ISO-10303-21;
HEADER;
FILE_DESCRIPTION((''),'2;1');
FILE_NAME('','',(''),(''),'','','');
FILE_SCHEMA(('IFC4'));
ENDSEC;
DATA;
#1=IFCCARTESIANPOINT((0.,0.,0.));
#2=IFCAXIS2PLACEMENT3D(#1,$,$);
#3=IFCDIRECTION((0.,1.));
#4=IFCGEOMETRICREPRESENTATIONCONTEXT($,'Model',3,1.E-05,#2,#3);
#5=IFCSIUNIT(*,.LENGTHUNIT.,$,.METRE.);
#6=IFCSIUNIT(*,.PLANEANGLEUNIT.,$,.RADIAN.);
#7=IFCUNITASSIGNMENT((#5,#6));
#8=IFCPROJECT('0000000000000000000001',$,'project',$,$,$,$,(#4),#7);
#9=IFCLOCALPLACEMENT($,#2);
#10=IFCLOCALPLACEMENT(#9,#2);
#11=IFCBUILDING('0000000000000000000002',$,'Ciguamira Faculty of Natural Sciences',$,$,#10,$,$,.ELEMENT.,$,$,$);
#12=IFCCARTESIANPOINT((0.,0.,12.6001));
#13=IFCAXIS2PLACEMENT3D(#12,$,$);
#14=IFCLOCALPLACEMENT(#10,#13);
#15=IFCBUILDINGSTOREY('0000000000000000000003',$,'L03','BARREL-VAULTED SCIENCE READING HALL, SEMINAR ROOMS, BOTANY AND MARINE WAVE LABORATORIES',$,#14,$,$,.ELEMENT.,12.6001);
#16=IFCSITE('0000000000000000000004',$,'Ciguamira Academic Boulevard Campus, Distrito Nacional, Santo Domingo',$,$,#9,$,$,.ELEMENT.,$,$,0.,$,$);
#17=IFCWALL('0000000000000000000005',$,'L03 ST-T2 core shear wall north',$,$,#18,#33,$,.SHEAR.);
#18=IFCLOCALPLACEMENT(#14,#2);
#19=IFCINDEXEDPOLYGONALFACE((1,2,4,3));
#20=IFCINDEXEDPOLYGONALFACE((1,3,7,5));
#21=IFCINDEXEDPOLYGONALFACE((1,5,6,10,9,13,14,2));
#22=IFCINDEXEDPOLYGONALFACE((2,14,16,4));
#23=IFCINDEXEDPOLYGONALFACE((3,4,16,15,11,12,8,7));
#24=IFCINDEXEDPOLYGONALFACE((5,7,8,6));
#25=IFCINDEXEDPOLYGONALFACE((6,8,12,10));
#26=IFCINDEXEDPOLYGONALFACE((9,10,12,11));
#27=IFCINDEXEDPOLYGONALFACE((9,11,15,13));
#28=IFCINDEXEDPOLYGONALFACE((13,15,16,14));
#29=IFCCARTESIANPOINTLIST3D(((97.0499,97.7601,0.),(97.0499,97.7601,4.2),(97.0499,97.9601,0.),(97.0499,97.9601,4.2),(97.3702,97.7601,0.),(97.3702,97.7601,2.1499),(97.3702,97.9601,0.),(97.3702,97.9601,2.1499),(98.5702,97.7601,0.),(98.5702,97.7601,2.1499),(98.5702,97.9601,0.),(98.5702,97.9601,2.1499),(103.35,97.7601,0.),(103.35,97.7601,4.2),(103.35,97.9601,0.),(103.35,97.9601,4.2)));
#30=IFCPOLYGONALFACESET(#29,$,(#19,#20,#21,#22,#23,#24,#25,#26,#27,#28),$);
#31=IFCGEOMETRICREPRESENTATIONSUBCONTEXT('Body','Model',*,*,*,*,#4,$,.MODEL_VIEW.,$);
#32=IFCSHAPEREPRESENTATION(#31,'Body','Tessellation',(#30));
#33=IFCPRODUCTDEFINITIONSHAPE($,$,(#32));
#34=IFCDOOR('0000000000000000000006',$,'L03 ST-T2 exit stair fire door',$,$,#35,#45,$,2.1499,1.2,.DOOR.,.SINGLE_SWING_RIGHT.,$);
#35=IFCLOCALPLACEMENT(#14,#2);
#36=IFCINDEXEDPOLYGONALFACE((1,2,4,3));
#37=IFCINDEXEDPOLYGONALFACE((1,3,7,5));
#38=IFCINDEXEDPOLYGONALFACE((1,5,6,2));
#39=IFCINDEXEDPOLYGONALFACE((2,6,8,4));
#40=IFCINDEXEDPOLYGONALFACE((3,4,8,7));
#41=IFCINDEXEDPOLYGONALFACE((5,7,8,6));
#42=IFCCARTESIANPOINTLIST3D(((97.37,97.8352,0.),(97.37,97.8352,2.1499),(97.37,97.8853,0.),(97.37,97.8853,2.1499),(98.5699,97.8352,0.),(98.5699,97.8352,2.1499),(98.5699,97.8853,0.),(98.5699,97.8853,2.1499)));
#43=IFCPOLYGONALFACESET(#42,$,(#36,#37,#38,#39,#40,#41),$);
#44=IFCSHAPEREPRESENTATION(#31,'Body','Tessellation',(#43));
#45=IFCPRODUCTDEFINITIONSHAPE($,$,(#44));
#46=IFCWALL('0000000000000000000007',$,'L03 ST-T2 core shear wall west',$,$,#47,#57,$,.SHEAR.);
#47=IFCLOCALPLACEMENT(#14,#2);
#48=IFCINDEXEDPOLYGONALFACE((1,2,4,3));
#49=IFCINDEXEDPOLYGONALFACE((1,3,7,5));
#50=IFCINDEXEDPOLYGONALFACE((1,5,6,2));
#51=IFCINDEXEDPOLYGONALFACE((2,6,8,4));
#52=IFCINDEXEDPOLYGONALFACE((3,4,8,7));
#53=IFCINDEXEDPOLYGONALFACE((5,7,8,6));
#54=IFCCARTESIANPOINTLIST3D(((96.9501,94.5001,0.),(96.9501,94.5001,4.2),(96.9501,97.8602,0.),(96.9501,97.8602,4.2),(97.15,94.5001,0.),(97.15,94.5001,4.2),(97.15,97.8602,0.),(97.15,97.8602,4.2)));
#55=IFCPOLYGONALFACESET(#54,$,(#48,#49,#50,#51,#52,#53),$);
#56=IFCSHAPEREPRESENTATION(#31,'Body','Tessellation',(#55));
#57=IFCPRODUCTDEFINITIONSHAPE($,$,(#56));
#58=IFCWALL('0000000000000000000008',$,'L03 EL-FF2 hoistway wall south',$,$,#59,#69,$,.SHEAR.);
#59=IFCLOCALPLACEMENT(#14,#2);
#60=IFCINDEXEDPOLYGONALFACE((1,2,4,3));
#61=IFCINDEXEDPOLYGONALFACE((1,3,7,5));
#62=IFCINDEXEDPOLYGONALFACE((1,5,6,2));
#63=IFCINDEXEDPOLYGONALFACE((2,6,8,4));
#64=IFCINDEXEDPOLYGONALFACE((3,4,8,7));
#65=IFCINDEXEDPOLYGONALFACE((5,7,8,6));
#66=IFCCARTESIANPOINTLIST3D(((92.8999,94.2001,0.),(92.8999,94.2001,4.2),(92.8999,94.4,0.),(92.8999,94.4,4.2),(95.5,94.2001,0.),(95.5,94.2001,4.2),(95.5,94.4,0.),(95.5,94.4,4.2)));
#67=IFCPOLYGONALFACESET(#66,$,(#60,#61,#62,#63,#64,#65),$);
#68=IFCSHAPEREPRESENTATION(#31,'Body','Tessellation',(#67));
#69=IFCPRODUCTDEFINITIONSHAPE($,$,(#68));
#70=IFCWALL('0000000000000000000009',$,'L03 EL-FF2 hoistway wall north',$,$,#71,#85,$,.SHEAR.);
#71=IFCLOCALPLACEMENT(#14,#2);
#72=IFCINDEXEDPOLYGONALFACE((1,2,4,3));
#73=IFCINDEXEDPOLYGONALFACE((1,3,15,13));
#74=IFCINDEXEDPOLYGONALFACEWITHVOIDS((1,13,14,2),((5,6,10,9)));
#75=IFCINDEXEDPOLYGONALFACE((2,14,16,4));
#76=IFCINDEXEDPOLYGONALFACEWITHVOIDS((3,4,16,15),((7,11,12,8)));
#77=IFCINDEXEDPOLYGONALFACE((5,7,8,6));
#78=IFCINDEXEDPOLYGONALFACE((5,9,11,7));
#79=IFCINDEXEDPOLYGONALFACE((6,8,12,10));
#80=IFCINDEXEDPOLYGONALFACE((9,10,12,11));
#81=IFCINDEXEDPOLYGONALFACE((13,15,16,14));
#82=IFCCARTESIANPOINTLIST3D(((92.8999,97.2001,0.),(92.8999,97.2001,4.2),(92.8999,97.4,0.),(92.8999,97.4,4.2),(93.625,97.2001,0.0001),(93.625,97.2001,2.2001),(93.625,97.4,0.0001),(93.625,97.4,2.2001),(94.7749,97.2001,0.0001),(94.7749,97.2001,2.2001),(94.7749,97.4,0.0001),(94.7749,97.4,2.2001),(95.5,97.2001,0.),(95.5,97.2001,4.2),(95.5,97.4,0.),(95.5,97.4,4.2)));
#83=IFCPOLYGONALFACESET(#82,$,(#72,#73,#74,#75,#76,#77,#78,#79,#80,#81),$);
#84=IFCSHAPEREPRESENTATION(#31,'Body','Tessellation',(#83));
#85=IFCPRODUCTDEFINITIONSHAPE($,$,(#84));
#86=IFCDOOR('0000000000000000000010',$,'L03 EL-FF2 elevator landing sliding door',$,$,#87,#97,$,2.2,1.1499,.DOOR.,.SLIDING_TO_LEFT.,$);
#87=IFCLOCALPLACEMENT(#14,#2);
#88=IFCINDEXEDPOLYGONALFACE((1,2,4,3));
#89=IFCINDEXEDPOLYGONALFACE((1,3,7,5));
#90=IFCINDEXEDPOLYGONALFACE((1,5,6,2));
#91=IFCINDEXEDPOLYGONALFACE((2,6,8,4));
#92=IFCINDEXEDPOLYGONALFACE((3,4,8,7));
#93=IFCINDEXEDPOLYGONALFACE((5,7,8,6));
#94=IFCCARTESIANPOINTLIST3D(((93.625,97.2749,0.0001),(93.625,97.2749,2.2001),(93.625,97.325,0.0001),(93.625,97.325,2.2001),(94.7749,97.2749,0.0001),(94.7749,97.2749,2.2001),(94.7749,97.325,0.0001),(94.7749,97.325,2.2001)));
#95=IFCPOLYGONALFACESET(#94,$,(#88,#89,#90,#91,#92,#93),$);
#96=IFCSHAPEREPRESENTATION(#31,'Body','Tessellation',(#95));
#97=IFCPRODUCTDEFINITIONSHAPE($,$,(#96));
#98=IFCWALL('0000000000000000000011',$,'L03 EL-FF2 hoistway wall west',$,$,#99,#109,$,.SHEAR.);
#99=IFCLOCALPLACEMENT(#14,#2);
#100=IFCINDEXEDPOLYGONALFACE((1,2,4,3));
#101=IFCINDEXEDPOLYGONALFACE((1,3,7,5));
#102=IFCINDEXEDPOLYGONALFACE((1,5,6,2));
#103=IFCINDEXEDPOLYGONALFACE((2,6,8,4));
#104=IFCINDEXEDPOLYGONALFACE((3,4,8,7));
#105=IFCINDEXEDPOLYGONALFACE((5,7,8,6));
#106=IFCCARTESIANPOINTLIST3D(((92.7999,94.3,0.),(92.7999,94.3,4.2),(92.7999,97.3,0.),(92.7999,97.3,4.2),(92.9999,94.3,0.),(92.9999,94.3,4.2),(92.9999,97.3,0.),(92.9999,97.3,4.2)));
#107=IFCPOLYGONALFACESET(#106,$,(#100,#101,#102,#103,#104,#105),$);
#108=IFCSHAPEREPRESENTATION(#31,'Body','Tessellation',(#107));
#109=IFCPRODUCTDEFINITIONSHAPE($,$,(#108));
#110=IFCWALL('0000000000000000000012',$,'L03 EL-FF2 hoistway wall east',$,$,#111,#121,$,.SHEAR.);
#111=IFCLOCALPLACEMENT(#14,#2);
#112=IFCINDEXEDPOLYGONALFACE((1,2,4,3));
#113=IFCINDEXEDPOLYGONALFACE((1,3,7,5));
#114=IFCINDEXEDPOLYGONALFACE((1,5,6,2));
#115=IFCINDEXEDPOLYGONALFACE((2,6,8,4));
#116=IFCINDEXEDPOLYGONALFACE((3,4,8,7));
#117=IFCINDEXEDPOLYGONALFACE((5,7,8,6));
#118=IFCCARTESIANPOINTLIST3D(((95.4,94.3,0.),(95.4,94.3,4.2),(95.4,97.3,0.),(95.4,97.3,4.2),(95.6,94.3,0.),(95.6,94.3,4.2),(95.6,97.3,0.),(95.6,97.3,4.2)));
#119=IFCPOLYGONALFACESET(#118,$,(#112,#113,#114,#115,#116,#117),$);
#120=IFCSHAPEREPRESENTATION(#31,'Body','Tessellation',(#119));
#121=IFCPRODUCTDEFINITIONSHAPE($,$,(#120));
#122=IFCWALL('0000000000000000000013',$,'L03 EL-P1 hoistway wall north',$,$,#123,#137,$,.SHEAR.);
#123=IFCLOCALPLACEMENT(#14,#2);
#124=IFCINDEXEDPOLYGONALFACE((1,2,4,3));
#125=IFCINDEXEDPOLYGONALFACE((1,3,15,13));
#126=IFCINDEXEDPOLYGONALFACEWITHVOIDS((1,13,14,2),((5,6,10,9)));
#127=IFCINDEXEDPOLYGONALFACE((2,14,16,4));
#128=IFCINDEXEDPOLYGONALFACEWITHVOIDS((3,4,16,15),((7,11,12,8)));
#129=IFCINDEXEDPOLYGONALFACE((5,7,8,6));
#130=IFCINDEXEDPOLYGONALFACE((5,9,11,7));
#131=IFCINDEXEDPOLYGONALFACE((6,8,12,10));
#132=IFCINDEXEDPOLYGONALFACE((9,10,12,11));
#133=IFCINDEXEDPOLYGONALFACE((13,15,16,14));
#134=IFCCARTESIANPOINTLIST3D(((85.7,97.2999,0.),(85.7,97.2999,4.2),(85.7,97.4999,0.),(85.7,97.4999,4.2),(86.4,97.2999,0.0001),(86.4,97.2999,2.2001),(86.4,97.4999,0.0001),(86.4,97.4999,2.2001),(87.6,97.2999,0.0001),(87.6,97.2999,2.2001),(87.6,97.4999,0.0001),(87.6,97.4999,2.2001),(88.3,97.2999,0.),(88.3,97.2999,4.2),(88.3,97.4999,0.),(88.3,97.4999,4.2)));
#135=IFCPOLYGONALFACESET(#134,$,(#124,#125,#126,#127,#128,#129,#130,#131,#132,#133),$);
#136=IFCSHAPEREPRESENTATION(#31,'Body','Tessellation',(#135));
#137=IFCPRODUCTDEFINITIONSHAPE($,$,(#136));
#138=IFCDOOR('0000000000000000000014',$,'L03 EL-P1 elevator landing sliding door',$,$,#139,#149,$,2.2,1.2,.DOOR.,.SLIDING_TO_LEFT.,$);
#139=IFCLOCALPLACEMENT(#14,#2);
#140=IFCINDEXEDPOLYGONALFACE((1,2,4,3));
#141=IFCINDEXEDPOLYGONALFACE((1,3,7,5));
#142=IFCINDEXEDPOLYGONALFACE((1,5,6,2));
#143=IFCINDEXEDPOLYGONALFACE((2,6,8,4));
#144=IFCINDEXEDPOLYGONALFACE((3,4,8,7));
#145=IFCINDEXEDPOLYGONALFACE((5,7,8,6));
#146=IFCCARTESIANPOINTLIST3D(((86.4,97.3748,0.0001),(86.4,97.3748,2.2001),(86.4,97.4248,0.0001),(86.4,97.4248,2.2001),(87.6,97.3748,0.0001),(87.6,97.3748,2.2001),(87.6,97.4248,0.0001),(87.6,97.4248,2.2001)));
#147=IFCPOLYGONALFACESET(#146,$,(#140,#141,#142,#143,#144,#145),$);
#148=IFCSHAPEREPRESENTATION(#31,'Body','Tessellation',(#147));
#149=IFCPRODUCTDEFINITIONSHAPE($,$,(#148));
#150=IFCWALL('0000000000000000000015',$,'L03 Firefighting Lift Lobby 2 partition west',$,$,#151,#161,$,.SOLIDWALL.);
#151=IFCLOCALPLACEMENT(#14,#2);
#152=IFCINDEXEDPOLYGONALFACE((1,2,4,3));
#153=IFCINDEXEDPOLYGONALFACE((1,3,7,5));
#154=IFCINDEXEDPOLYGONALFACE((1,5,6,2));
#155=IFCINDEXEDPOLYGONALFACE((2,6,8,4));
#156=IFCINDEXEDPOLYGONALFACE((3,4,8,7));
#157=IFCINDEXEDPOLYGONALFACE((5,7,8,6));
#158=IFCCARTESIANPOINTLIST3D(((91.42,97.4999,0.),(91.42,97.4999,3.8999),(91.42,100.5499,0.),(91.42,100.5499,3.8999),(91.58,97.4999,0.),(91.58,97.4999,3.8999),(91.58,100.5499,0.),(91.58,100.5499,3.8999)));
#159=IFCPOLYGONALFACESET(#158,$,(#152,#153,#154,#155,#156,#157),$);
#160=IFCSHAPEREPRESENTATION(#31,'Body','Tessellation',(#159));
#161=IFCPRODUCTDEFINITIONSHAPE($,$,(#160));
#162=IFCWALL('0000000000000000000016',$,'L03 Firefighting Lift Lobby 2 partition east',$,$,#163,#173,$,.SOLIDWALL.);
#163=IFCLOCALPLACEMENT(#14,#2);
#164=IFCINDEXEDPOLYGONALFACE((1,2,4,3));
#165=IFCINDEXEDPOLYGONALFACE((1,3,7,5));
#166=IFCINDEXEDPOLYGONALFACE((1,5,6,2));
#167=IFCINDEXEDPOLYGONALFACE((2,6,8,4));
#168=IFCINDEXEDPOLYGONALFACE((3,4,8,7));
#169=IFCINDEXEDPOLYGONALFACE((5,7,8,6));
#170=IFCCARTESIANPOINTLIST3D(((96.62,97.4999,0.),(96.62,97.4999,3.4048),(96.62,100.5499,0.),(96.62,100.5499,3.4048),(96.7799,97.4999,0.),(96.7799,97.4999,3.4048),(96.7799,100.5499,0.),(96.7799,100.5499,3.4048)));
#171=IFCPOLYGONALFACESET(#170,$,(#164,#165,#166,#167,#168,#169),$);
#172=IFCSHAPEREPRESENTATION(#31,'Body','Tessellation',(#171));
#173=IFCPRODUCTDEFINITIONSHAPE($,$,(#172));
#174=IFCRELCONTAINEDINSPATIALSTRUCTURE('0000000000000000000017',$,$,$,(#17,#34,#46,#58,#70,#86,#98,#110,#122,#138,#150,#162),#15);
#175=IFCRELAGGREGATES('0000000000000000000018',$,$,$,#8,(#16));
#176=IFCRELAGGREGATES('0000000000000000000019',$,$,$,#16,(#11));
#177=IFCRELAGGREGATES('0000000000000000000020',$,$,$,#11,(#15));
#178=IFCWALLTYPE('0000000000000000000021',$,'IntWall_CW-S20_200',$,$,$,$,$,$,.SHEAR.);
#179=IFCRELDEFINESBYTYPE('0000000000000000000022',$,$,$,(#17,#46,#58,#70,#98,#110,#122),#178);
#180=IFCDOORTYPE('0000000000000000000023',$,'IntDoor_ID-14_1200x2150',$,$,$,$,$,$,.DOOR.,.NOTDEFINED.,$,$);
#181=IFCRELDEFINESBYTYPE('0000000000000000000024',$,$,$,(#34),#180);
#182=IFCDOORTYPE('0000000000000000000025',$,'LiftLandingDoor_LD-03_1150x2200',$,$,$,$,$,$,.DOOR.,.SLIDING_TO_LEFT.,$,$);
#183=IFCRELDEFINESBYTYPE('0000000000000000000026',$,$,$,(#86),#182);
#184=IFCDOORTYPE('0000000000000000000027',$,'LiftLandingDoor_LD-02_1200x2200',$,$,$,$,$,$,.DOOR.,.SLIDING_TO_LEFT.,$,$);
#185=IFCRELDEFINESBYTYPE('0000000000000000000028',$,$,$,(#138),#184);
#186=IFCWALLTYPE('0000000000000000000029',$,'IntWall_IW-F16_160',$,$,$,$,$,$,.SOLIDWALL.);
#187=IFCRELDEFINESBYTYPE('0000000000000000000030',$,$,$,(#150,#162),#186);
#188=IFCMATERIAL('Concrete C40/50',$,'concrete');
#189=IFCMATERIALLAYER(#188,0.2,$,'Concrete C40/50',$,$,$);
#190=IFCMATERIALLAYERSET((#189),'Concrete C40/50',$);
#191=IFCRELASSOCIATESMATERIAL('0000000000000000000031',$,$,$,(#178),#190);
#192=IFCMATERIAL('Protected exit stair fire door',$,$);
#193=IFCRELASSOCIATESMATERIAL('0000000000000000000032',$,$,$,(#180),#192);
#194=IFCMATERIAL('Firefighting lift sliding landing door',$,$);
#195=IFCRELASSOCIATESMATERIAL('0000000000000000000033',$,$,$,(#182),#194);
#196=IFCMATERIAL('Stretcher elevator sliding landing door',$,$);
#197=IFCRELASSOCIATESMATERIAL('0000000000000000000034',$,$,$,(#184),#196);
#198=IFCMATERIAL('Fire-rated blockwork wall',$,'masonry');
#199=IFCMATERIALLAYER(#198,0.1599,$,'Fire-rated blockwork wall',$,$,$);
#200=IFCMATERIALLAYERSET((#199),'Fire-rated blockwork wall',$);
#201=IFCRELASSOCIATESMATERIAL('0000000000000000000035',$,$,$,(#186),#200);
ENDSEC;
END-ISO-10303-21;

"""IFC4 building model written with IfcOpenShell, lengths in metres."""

from ifc_helpers import new_model, si_unit, direction, frame, frame_2d, origin, place, context, subcontext, project, spatial, rectangle, extrude, material, layer, layer_set, type_object, element, fill, save


model = new_model("IFC4")

# Units and contexts
model_context = context("Model", 3, precision=1e-05, world=origin(), true_north=direction((0.0, 1.0)))
body_context = subcontext(model_context, "Body", "Model", "MODEL_VIEW")
ifc_project = project(units=[si_unit("LENGTHUNIT", "METRE"), si_unit("PLANEANGLEUNIT", "RADIAN")], contexts=[model_context])

# Site, building, storey
site_placement = place(None, origin())
site = spatial("IfcSite", under=ifc_project, at=site_placement, Name="Ciguamira Academic Boulevard Campus, Distrito Nacional, Santo Domingo", CompositionType="ELEMENT", RefElevation=0.0)
building_placement = place(site_placement, origin())
building = spatial("IfcBuilding", under=site, at=building_placement, Name="Ciguamira Faculty of Natural Sciences", CompositionType="ELEMENT")
storey_placement = place(building_placement, frame((0.0, 0.0, 12.6001)))
storey = spatial("IfcBuildingStorey", under=building, at=storey_placement, Name="L03", Description="BARREL-VAULTED SCIENCE READING HALL, SEMINAR ROOMS, BOTANY AND MARINE WAVE LABORATORIES", CompositionType="ELEMENT", Elevation=12.6001)

# Shared definitions
ifc_material_1 = material(Name="Concrete C40/50", Category="concrete")

# Shared definitions
ifc_layer_1 = layer(ifc_material_1, 0.2, Name="Concrete C40/50")
ifc_layer_set_1 = layer_set([ifc_layer_1], Name="Concrete C40/50")
wall_type_1 = type_object("IfcWallType", Name="IntWall_CW-S20_200", PredefinedType="SHEAR", material=ifc_layer_set_1)

# Wall, opening, door
wall_1_placement = place(storey_placement, frame((97.05, 97.8601, 0.0), z_axis=(0.0, 0.0, 1.0), x_axis=(1.0, 0.0, 0.0)))
wall_1 = element("IfcWall", 1, at=wall_1_placement, inside=storey, type_object=wall_type_1, Name="L03 ST-T2 core shear wall north", PredefinedType="SHEAR", context=body_context, shape_type="SweptSolid", body=[
    extrude(rectangle(XDim=6.3, YDim=0.2, at=frame_2d((3.1499, 0.0))), origin(), (0.0, 0.0, 1.0), 4.2),
])
opening_1_placement = place(wall_1_placement, frame((0.3201, 0.0, 0.0)))
opening_1 = element("IfcOpeningElement", 2, at=opening_1_placement, cuts=wall_1, PredefinedType="OPENING", context=body_context, shape_type="SweptSolid", body=[
    extrude(rectangle(XDim=1.2, YDim=2.1499, at=frame_2d((0.6001, 1.075))), frame((0.0, 0.1099, 0.0), z_axis=(0.0, -1.0, 0.0), x_axis=(1.0, 0.0, 0.0)), (0.0, 0.0, 1.0), 0.22),
])
ifc_material_2 = material(Name="Protected exit stair fire door")
door_type_1 = type_object("IfcDoorType", Name="IntDoor_ID-14_1200x2150", OperationType="NOTDEFINED", PredefinedType="DOOR", material=ifc_material_2)
door_1_placement = place(opening_1_placement, frame((1.2, 0.0, 0.0), z_axis=(0.0, 0.0, 1.0), x_axis=(-1.0, 0.0, 0.0)))
door_1 = element("IfcDoor", 3, at=door_1_placement, inside=storey, type_object=door_type_1, Name="L03 ST-T2 exit stair fire door", OperationType="SINGLE_SWING_RIGHT", OverallHeight=2.1499, OverallWidth=1.2, PredefinedType="DOOR", context=body_context, shape_type="SweptSolid", body=[
    extrude(rectangle(XDim=1.2, YDim=2.1499, at=frame_2d((0.6001, 1.075))), frame((0.0, 0.0249, 0.0), z_axis=(0.0, -1.0, 0.0), x_axis=(1.0, 0.0, 0.0)), (0.0, 0.0, 1.0), 0.05),
])
fill(opening_1, door_1)

# Walls
wall_2_placement = place(storey_placement, frame((97.05, 94.5, 0.0), z_axis=(0.0, 0.0, 1.0), x_axis=(0.0, 1.0, 0.0)))
element("IfcWall", 4, at=wall_2_placement, inside=storey, type_object=wall_type_1, Name="L03 ST-T2 core shear wall west", PredefinedType="SHEAR", context=body_context, shape_type="SweptSolid", body=[
    extrude(rectangle(XDim=3.3601, YDim=0.2, at=frame_2d((1.6802, 0.0))), origin(), (0.0, 0.0, 1.0), 4.2),
])
wall_3_placement = place(storey_placement, frame((92.8999, 94.3, 0.0), z_axis=(0.0, 0.0, 1.0), x_axis=(1.0, 0.0, 0.0)))
element("IfcWall", 5, at=wall_3_placement, inside=storey, type_object=wall_type_1, Name="L03 EL-FF2 hoistway wall south", PredefinedType="SHEAR", context=body_context, shape_type="SweptSolid", body=[
    extrude(rectangle(XDim=2.6001, YDim=0.2, at=frame_2d((1.3, 0.0))), origin(), (0.0, 0.0, 1.0), 4.2),
])

# Wall, opening, door
wall_4_placement = place(storey_placement, frame((92.8999, 97.3, 0.0), z_axis=(0.0, 0.0, 1.0), x_axis=(1.0, 0.0, 0.0)))
wall_4 = element("IfcWall", 6, at=wall_4_placement, inside=storey, type_object=wall_type_1, Name="L03 EL-FF2 hoistway wall north", PredefinedType="SHEAR", context=body_context, shape_type="SweptSolid", body=[
    extrude(rectangle(XDim=2.6001, YDim=0.2, at=frame_2d((1.3, 0.0))), origin(), (0.0, 0.0, 1.0), 4.2),
])
opening_2_placement = place(wall_4_placement, frame((0.7251, 0.0, 0.0)))
opening_2 = element("IfcOpeningElement", 7, at=opening_2_placement, cuts=wall_4, PredefinedType="OPENING", context=body_context, shape_type="SweptSolid", body=[
    extrude(rectangle(XDim=1.1499, YDim=2.2, at=frame_2d((0.575, 1.1001))), frame((0.0, 0.1099, 0.0), z_axis=(0.0, -1.0, 0.0), x_axis=(1.0, 0.0, 0.0)), (0.0, 0.0, 1.0), 0.22),
])
ifc_material_3 = material(Name="Firefighting lift sliding landing door")
door_type_2 = type_object("IfcDoorType", Name="LiftLandingDoor_LD-03_1150x2200", OperationType="SLIDING_TO_LEFT", PredefinedType="DOOR", material=ifc_material_3)
door_2_placement = place(opening_2_placement, origin())
door_2 = element("IfcDoor", 8, at=door_2_placement, inside=storey, type_object=door_type_2, Name="L03 EL-FF2 elevator landing sliding door", OperationType="SLIDING_TO_LEFT", OverallHeight=2.2, OverallWidth=1.1499, PredefinedType="DOOR", context=body_context, shape_type="SweptSolid", body=[
    extrude(rectangle(XDim=1.1499, YDim=2.2, at=frame_2d((0.575, 1.1001))), frame((0.0, 0.0249, 0.0), z_axis=(0.0, -1.0, 0.0), x_axis=(1.0, 0.0, 0.0)), (0.0, 0.0, 1.0), 0.05),
])
fill(opening_2, door_2)

# Walls
for number, where, z_axis, x_axis, name in (
    (9, (92.8999, 94.3, 0.0), (0.0, 0.0, 1.0), (0.0, 1.0, 0.0), "L03 EL-FF2 hoistway wall west"),
    (10, (95.5, 94.3, 0.0), (0.0, 0.0, 1.0), (0.0, 1.0, 0.0), "L03 EL-FF2 hoistway wall east"),
):
    element("IfcWall", number, at=place(storey_placement, frame(where, z_axis=z_axis, x_axis=x_axis)), inside=storey, type_object=wall_type_1, Name=name, PredefinedType="SHEAR", context=body_context, shape_type="SweptSolid", body=[
        extrude(rectangle(XDim=3.0, YDim=0.2, at=frame_2d((1.5, 0.0))), origin(), (0.0, 0.0, 1.0), 4.2),
    ])

# Wall, opening, door
wall_5_placement = place(storey_placement, frame((85.7, 97.3999, 0.0), z_axis=(0.0, 0.0, 1.0), x_axis=(1.0, 0.0, 0.0)))
wall_5 = element("IfcWall", 11, at=wall_5_placement, inside=storey, type_object=wall_type_1, Name="L03 EL-P1 hoistway wall north", PredefinedType="SHEAR", context=body_context, shape_type="SweptSolid", body=[
    extrude(rectangle(XDim=2.6001, YDim=0.2, at=frame_2d((1.3, 0.0))), origin(), (0.0, 0.0, 1.0), 4.2),
])
opening_3_placement = place(wall_5_placement, frame((0.7, 0.0, 0.0)))
opening_3 = element("IfcOpeningElement", 12, at=opening_3_placement, cuts=wall_5, PredefinedType="OPENING", context=body_context, shape_type="SweptSolid", body=[
    extrude(rectangle(XDim=1.2, YDim=2.2, at=frame_2d((0.6001, 1.1001))), frame((0.0, 0.1099, 0.0), z_axis=(0.0, -1.0, 0.0), x_axis=(1.0, 0.0, 0.0)), (0.0, 0.0, 1.0), 0.22),
])
ifc_material_4 = material(Name="Stretcher elevator sliding landing door")
door_type_3 = type_object("IfcDoorType", Name="LiftLandingDoor_LD-02_1200x2200", OperationType="SLIDING_TO_LEFT", PredefinedType="DOOR", material=ifc_material_4)
door_3_placement = place(opening_3_placement, origin())
door_3 = element("IfcDoor", 13, at=door_3_placement, inside=storey, type_object=door_type_3, Name="L03 EL-P1 elevator landing sliding door", OperationType="SLIDING_TO_LEFT", OverallHeight=2.2, OverallWidth=1.2, PredefinedType="DOOR", context=body_context, shape_type="SweptSolid", body=[
    extrude(rectangle(XDim=1.2, YDim=2.2, at=frame_2d((0.6001, 1.1001))), frame((0.0, 0.0249, 0.0), z_axis=(0.0, -1.0, 0.0), x_axis=(1.0, 0.0, 0.0)), (0.0, 0.0, 1.0), 0.05),
])
fill(opening_3, door_3)
ifc_material_5 = material(Name="Fire-rated blockwork wall", Category="masonry")
ifc_layer_2 = layer(ifc_material_5, 0.1599, Name="Fire-rated blockwork wall")
ifc_layer_set_2 = layer_set([ifc_layer_2], Name="Fire-rated blockwork wall")
wall_type_2 = type_object("IfcWallType", Name="IntWall_IW-F16_160", PredefinedType="SOLIDWALL", material=ifc_layer_set_2)

# Walls
wall_6_placement = place(storey_placement, frame((91.5, 97.5, 0.0), z_axis=(0.0, 0.0, 1.0), x_axis=(0.0, 1.0, 0.0)))
element("IfcWall", 14, at=wall_6_placement, inside=storey, type_object=wall_type_2, Name="L03 Firefighting Lift Lobby 2 partition west", PredefinedType="SOLIDWALL", context=body_context, shape_type="SweptSolid", body=[
    extrude(rectangle(XDim=3.05, YDim=0.1599, at=frame_2d((1.5249, 0.0))), origin(), (0.0, 0.0, 1.0), 3.8999),
])
wall_7_placement = place(storey_placement, frame((96.7, 97.5, 0.0), z_axis=(0.0, 0.0, 1.0), x_axis=(0.0, 1.0, 0.0)))
element("IfcWall", 15, at=wall_7_placement, inside=storey, type_object=wall_type_2, Name="L03 Firefighting Lift Lobby 2 partition east", PredefinedType="SOLIDWALL", context=body_context, shape_type="SweptSolid", body=[
    extrude(rectangle(XDim=3.05, YDim=0.1599, at=frame_2d((1.5249, 0.0))), origin(), (0.0, 0.0, 1.0), 3.4048),
])

save(model, "model.ifc")
